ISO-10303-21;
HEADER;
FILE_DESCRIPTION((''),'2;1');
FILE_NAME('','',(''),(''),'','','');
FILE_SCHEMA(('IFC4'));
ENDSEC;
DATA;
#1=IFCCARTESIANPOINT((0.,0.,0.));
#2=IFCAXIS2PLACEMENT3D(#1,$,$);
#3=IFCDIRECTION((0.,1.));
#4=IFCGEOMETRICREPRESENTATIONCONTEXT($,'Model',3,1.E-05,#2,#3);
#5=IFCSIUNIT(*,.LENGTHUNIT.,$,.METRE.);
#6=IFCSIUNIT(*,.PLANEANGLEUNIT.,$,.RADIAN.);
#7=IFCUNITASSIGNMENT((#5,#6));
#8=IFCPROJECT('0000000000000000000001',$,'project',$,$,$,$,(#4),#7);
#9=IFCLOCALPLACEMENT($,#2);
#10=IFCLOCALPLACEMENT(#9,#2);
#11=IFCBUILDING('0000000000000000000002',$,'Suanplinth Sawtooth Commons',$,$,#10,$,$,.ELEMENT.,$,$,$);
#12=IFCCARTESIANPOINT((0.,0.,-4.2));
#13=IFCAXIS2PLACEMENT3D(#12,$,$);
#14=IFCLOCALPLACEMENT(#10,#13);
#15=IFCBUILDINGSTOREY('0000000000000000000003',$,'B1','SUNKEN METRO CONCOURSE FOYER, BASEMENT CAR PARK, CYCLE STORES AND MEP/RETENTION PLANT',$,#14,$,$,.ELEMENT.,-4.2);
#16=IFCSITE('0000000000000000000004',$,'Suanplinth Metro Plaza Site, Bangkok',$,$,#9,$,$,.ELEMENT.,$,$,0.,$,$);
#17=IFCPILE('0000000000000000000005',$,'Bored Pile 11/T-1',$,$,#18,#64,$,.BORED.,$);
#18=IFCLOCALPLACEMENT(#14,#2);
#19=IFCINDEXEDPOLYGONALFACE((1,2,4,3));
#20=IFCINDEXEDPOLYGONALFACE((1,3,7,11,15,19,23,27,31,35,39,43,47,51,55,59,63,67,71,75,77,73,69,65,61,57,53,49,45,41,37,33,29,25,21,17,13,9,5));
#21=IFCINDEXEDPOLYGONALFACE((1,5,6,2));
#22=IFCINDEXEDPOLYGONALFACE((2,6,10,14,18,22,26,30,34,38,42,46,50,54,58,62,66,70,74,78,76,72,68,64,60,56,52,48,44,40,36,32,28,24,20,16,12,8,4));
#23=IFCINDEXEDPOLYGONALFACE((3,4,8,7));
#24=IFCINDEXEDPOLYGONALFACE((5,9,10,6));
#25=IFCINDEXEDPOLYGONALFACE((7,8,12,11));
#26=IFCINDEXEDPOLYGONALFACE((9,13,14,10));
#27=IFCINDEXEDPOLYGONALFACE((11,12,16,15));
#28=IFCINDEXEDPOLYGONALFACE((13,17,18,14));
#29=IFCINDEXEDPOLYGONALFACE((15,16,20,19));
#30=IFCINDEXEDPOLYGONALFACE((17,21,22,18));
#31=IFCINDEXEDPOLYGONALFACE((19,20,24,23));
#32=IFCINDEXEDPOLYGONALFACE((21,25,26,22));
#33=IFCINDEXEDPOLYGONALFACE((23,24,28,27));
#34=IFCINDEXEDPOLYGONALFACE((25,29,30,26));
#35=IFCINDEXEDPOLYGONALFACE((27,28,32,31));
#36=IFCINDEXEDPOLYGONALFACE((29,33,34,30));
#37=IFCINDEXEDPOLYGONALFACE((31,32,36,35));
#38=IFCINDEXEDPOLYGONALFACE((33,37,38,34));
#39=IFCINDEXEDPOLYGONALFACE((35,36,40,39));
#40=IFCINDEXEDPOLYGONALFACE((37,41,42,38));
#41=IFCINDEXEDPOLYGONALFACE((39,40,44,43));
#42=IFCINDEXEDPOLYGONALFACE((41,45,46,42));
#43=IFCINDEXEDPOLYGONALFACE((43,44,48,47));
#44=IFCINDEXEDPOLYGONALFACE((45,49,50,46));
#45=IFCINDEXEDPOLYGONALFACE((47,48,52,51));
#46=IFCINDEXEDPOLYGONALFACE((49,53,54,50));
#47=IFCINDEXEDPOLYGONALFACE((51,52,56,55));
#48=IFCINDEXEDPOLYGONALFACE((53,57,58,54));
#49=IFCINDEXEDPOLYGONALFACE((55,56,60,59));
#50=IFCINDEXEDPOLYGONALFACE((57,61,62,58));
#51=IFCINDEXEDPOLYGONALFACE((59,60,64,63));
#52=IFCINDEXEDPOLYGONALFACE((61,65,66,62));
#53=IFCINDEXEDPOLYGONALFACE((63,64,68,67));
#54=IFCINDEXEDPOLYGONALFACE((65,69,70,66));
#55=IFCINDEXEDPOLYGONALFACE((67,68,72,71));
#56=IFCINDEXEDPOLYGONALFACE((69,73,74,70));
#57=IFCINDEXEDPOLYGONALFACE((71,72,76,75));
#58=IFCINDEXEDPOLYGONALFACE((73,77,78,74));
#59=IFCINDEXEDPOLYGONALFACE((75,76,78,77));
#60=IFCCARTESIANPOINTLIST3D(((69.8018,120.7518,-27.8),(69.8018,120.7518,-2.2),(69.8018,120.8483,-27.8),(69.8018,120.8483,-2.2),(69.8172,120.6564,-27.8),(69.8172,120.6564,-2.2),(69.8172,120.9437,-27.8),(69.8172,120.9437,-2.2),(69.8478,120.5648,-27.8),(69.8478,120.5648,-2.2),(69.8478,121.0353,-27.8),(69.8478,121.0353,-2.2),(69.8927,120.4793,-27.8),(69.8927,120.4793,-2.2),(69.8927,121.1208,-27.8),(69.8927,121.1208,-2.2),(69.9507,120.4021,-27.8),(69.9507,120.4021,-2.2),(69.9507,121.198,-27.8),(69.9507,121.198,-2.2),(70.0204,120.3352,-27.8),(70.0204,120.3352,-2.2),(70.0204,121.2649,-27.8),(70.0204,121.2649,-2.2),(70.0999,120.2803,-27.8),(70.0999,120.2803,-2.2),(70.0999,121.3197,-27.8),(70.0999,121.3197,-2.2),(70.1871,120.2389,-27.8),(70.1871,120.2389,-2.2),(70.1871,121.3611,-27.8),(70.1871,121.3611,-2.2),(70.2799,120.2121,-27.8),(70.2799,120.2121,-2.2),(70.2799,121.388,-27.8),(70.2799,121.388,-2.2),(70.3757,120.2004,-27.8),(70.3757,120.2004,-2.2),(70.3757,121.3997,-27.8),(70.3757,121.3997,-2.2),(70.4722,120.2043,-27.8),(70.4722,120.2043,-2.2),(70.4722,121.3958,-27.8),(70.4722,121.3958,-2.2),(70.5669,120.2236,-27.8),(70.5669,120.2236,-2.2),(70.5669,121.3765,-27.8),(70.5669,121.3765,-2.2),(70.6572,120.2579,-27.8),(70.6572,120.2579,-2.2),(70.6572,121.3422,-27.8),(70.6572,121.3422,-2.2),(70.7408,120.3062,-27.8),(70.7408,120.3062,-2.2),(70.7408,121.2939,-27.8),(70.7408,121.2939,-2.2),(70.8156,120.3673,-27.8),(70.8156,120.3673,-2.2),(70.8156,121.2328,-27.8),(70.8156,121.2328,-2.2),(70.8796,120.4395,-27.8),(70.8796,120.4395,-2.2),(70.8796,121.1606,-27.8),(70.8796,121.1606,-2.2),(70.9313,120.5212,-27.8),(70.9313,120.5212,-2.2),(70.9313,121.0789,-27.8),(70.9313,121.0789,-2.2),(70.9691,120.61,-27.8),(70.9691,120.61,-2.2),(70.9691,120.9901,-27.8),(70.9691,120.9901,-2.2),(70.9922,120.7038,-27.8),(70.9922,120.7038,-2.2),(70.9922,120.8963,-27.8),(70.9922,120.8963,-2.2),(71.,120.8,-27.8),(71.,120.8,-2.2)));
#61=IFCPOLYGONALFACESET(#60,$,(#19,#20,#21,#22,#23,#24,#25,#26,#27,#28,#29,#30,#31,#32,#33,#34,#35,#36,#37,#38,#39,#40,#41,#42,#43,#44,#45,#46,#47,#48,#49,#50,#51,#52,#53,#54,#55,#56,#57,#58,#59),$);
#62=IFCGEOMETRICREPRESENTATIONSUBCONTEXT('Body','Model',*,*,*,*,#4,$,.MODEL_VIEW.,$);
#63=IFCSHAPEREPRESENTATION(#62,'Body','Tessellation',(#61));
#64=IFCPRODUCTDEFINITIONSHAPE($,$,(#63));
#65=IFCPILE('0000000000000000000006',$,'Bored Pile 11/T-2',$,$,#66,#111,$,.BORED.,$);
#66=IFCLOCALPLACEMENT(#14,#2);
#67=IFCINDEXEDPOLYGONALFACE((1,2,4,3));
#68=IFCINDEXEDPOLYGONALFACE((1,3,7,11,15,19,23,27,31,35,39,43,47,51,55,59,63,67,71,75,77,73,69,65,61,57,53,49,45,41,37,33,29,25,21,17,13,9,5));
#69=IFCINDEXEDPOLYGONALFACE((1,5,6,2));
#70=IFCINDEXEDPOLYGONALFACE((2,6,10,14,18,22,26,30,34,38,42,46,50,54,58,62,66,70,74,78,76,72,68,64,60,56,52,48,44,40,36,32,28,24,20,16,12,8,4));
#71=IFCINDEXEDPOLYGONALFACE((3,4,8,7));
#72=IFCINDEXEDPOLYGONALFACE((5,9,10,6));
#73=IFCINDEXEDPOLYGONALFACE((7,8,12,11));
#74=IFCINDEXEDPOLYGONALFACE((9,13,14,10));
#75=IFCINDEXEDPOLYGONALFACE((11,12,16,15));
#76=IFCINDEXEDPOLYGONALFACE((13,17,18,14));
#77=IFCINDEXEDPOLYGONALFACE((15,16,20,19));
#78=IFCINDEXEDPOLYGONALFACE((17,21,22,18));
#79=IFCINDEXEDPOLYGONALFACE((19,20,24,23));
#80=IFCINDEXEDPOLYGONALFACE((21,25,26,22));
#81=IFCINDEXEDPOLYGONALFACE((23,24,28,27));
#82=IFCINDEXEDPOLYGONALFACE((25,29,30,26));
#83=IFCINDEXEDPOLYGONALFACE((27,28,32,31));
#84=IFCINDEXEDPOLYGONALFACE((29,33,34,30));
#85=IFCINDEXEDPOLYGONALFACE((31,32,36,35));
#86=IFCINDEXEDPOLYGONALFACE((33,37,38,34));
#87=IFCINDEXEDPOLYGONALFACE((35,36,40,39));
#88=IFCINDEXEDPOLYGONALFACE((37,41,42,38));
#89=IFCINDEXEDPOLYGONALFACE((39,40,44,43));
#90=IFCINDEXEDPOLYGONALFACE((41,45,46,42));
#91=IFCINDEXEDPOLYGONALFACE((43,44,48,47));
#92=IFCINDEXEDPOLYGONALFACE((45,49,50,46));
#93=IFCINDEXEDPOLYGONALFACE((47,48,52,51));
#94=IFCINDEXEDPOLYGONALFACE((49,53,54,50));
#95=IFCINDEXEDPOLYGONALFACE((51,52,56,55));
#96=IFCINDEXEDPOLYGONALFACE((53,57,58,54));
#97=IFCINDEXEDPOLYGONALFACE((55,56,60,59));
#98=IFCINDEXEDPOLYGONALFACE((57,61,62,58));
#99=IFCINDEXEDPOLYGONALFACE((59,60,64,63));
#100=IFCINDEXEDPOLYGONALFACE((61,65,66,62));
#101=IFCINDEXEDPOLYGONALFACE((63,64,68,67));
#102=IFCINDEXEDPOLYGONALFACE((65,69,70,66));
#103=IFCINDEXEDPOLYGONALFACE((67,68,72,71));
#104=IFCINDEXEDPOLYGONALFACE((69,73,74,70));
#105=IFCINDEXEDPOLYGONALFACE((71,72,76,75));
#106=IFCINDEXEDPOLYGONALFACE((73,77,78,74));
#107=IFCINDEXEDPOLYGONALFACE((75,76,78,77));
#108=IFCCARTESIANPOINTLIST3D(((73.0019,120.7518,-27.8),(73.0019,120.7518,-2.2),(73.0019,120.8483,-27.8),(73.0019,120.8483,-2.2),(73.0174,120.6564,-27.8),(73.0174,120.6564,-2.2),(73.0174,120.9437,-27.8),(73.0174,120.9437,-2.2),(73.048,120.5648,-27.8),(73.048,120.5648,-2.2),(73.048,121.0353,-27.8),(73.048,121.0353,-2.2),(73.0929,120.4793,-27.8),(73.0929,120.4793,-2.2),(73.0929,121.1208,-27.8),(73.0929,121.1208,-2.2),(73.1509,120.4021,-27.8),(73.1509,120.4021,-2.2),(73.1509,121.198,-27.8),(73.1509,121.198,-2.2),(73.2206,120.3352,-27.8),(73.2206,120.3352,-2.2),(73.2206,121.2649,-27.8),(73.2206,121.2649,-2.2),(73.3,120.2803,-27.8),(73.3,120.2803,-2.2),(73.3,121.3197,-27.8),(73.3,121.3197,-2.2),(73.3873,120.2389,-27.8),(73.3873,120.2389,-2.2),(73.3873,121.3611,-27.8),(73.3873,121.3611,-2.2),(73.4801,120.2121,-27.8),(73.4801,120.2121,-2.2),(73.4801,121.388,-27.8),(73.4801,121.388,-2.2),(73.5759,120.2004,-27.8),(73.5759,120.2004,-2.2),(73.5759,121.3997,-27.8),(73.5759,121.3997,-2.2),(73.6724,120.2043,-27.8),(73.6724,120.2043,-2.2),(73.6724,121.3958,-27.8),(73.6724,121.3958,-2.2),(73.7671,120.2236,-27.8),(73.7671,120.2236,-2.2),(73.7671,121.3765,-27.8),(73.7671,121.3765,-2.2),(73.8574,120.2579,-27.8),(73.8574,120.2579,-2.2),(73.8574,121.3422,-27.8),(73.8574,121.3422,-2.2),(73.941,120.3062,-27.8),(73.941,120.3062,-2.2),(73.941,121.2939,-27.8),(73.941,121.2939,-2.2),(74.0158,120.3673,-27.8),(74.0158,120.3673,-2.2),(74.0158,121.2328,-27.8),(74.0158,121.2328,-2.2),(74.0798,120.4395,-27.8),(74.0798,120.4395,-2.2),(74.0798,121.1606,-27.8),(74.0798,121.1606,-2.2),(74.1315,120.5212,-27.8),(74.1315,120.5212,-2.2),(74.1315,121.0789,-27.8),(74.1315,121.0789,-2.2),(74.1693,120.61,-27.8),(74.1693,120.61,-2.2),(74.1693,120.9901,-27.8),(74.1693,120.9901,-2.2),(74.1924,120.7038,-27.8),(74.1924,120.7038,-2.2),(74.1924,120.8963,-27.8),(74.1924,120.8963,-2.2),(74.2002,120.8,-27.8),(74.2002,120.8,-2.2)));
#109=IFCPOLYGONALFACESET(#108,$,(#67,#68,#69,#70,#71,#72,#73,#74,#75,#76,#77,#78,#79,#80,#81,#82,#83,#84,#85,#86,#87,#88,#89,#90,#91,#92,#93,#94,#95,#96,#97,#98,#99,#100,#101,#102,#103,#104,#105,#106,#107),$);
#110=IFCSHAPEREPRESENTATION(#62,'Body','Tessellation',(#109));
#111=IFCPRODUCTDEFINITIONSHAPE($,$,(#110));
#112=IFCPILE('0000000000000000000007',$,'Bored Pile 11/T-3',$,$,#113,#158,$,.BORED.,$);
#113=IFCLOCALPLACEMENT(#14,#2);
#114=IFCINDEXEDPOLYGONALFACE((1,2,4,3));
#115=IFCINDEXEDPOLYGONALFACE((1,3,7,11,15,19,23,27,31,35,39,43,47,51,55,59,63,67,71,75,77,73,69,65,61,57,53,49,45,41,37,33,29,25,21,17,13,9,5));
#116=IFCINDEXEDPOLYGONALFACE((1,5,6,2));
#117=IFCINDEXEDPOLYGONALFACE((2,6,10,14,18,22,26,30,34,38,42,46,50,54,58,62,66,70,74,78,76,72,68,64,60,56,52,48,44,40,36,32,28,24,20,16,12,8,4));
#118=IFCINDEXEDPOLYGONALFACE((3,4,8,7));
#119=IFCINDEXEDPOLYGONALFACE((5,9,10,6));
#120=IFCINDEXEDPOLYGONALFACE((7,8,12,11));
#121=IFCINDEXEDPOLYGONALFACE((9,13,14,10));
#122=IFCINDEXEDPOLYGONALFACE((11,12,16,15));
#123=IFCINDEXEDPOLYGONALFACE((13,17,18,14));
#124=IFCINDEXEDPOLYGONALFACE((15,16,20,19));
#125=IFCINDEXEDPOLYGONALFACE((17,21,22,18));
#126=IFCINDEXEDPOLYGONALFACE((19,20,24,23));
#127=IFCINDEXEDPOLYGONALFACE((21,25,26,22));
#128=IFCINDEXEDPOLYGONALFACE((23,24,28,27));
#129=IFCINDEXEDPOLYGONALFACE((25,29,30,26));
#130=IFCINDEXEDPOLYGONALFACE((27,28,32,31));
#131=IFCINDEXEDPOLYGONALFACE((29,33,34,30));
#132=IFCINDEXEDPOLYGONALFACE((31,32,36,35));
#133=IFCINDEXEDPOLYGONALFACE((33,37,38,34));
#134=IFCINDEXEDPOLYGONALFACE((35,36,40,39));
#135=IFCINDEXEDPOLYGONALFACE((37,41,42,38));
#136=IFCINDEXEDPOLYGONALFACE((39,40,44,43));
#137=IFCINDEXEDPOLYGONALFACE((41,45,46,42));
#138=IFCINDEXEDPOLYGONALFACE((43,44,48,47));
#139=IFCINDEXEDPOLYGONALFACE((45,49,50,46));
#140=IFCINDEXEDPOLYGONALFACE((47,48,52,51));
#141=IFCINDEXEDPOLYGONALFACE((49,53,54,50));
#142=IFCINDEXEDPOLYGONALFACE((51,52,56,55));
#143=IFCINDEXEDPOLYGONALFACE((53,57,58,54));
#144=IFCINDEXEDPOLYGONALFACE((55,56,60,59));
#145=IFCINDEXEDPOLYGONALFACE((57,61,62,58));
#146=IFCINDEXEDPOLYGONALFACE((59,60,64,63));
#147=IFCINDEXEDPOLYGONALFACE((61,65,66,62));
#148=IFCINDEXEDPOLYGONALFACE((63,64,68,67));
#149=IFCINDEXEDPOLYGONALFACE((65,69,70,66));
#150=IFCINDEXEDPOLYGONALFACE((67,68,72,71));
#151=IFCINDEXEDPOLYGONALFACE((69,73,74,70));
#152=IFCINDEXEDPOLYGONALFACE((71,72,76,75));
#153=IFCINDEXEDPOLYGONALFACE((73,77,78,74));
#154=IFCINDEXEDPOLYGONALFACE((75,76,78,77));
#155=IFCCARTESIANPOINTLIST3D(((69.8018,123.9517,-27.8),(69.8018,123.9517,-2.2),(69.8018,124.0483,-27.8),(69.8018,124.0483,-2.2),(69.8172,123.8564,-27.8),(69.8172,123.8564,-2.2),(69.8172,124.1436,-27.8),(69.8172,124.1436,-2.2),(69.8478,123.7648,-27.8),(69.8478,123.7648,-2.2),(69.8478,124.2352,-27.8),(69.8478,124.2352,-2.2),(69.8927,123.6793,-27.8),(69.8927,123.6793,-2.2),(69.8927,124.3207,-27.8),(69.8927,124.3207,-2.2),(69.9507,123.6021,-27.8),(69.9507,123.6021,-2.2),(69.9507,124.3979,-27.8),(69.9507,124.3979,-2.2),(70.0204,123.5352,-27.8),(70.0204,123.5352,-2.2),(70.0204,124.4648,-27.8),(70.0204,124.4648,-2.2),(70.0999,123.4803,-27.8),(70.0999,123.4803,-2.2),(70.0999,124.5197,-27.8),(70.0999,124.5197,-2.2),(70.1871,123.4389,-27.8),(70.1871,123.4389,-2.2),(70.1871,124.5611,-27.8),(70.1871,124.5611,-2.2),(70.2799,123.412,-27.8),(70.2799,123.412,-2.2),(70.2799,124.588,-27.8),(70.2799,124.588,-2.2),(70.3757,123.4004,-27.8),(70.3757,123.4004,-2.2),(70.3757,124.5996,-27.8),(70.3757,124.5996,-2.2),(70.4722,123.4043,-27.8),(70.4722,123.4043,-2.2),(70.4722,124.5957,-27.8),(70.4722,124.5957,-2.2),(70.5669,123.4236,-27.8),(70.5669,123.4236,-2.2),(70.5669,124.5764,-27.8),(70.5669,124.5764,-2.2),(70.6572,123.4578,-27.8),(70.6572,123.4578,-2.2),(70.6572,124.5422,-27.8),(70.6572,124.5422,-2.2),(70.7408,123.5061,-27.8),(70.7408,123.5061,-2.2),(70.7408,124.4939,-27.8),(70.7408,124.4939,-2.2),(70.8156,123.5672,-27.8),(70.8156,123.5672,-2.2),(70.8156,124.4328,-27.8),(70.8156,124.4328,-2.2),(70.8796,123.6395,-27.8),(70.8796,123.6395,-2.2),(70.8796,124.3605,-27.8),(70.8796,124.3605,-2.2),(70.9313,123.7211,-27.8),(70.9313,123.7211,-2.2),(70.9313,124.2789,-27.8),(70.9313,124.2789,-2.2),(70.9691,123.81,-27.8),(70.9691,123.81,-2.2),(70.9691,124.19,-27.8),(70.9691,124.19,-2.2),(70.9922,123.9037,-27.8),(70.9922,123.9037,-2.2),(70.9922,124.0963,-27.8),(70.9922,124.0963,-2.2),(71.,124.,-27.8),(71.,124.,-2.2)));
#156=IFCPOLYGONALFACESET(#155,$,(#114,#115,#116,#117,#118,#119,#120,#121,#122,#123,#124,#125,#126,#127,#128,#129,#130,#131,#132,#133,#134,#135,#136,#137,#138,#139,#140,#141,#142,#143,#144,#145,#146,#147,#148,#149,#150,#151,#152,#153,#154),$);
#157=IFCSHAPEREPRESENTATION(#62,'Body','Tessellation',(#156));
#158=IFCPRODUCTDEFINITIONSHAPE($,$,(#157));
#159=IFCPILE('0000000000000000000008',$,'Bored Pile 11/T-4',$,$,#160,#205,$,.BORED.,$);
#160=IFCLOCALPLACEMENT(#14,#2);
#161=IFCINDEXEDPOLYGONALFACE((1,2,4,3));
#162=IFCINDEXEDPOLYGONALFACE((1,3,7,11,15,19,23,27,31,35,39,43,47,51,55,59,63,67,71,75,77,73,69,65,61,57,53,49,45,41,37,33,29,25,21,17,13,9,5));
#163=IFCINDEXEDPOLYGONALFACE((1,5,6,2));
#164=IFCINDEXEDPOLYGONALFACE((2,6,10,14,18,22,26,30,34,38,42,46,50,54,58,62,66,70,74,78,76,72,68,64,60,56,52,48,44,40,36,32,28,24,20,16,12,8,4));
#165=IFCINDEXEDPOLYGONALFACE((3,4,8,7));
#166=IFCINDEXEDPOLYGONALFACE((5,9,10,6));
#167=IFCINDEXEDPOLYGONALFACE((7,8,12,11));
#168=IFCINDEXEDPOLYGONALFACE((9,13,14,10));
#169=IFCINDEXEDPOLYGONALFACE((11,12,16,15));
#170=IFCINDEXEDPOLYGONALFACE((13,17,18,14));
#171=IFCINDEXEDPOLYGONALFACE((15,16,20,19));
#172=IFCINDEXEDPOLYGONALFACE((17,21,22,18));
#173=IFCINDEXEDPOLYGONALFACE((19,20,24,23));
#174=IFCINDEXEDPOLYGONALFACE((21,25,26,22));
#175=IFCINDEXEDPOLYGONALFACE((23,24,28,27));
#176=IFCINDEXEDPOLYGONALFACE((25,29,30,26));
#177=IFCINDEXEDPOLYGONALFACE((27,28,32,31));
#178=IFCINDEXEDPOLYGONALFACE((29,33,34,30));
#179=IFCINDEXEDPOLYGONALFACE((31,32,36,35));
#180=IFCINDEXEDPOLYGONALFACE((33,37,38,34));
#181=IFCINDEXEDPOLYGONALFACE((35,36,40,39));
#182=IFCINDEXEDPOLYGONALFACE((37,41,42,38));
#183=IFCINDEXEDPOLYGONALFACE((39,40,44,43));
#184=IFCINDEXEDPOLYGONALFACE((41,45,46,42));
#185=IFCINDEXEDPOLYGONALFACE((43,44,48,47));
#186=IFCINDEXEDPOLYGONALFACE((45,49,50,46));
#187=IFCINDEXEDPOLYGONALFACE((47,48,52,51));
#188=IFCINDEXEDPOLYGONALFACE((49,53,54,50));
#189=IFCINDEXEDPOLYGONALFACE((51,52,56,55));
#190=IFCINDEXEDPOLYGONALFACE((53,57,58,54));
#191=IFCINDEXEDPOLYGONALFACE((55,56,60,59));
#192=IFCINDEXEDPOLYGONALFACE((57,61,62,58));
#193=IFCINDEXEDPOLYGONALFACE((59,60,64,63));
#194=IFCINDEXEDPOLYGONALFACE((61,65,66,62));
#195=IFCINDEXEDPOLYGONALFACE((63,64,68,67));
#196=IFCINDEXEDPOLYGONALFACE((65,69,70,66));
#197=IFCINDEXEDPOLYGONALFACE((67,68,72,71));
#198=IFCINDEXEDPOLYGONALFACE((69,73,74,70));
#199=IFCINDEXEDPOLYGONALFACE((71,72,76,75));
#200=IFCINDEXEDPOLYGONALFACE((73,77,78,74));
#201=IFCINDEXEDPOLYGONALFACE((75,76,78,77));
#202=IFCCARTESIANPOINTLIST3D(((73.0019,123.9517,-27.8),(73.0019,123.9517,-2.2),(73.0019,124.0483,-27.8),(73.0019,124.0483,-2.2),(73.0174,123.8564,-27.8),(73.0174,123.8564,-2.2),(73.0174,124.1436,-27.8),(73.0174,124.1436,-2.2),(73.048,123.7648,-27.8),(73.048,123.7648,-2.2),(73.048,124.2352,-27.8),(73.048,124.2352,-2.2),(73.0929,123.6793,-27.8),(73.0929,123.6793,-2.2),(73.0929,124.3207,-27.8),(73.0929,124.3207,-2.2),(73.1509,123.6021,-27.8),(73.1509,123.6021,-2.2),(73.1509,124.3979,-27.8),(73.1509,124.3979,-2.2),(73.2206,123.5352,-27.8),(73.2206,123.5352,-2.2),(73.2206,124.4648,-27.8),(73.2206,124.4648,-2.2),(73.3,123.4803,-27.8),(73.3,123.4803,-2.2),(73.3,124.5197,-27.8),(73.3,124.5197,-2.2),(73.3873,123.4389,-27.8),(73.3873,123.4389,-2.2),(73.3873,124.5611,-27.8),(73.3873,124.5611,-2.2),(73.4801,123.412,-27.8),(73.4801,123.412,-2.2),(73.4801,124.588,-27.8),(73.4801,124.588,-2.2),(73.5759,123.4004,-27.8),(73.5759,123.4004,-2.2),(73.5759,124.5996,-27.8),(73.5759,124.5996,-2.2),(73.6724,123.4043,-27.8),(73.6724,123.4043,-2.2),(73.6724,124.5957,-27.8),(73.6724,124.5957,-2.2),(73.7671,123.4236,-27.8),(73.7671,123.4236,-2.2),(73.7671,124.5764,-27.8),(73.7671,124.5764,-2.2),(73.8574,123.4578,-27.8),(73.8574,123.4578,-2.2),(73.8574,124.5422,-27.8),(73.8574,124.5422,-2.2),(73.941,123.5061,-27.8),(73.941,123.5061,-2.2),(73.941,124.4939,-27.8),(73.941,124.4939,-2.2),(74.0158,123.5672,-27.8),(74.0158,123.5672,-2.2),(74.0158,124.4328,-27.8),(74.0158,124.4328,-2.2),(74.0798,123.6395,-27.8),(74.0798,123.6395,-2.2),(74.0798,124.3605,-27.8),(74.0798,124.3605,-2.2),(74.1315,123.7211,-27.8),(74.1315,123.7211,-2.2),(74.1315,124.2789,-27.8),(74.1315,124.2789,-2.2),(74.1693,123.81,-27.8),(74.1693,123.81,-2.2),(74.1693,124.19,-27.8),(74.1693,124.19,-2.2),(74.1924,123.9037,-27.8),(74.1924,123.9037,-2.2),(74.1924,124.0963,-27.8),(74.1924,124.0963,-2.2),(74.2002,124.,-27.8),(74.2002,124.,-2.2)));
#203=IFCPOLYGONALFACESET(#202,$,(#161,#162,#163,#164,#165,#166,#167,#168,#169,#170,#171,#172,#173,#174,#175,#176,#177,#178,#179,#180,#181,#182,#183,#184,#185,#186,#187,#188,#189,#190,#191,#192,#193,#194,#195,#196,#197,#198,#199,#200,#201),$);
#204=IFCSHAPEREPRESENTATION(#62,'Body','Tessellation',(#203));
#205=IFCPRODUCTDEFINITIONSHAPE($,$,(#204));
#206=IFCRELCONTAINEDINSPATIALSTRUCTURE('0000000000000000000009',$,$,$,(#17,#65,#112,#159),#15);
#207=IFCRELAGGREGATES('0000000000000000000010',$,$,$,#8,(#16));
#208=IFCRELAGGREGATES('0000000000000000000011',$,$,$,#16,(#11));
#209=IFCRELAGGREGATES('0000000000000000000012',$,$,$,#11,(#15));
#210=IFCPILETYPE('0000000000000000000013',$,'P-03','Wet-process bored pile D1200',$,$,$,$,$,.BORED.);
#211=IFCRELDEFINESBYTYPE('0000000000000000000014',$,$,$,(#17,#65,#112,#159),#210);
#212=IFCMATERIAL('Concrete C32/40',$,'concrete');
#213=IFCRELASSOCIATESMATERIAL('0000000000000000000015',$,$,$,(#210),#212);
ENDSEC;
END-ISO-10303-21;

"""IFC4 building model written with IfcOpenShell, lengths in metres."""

from ifc_helpers import new_model, si_unit, direction, frame, origin, origin_2d, place, context, subcontext, project, spatial, circle, extrude, material, material_profile, profile_set, type_object, element, save


model = new_model("IFC4")

# Units and contexts
model_context = context("Model", 3, precision=1e-05, world=origin(), true_north=direction((0.0, 1.0)))
body_context = subcontext(model_context, "Body", "Model", "MODEL_VIEW")
ifc_project = project(units=[si_unit("LENGTHUNIT", "METRE"), si_unit("PLANEANGLEUNIT", "RADIAN")], contexts=[model_context])

# Site, building, storey
site_placement = place(None, origin())
site = spatial("IfcSite", under=ifc_project, at=site_placement, Name="Suanplinth Metro Plaza Site, Bangkok", CompositionType="ELEMENT", RefElevation=0.0)
building_placement = place(site_placement, origin())
building = spatial("IfcBuilding", under=site, at=building_placement, Name="Suanplinth Sawtooth Commons", CompositionType="ELEMENT")
storey_placement = place(building_placement, frame((0.0, 0.0, -4.2)))
storey = spatial("IfcBuildingStorey", under=building, at=storey_placement, Name="B1", Description="SUNKEN METRO CONCOURSE FOYER, BASEMENT CAR PARK, CYCLE STORES AND MEP/RETENTION PLANT", CompositionType="ELEMENT", Elevation=-4.2)

# Piles
ifc_material_1 = material(Name="Concrete C32/40", Category="concrete")
ifc_material_profile_1 = material_profile(ifc_material_1, circle(Radius=0.6001, at=origin_2d()), Name="PILE D1200")
ifc_profile_set_1 = profile_set([ifc_material_profile_1], Name="Concrete C32/40")
pile_type = type_object("IfcPileType", Name="P-03", Description="Wet-process bored pile D1200", PredefinedType="BORED", material=ifc_profile_set_1)
for number, where, z_axis, x_axis, name in (
    (1, (70.3999, 120.8, -2.2), (0.0, 0.0, -1.0), (1.0, 0.0, 0.0), "Bored Pile 11/T-1"),
    (2, (73.6001, 120.8, -2.2), (0.0, 0.0, -1.0), (1.0, 0.0, 0.0), "Bored Pile 11/T-2"),
    (3, (70.3999, 124.0, -2.2), (0.0, 0.0, -1.0), (1.0, 0.0, 0.0), "Bored Pile 11/T-3"),
    (4, (73.6001, 124.0, -2.2), (0.0, 0.0, -1.0), (1.0, 0.0, 0.0), "Bored Pile 11/T-4"),
):
    element("IfcPile", number, at=place(storey_placement, frame(where, z_axis=z_axis, x_axis=x_axis)), inside=storey, type_object=pile_type, Name=name, PredefinedType="BORED", context=body_context, shape_type="SweptSolid", body=[
        extrude(circle(Radius=0.6001, at=origin_2d()), origin(), (0.0, 0.0, 1.0), 25.6001),
    ])

save(model, "model.ifc")
